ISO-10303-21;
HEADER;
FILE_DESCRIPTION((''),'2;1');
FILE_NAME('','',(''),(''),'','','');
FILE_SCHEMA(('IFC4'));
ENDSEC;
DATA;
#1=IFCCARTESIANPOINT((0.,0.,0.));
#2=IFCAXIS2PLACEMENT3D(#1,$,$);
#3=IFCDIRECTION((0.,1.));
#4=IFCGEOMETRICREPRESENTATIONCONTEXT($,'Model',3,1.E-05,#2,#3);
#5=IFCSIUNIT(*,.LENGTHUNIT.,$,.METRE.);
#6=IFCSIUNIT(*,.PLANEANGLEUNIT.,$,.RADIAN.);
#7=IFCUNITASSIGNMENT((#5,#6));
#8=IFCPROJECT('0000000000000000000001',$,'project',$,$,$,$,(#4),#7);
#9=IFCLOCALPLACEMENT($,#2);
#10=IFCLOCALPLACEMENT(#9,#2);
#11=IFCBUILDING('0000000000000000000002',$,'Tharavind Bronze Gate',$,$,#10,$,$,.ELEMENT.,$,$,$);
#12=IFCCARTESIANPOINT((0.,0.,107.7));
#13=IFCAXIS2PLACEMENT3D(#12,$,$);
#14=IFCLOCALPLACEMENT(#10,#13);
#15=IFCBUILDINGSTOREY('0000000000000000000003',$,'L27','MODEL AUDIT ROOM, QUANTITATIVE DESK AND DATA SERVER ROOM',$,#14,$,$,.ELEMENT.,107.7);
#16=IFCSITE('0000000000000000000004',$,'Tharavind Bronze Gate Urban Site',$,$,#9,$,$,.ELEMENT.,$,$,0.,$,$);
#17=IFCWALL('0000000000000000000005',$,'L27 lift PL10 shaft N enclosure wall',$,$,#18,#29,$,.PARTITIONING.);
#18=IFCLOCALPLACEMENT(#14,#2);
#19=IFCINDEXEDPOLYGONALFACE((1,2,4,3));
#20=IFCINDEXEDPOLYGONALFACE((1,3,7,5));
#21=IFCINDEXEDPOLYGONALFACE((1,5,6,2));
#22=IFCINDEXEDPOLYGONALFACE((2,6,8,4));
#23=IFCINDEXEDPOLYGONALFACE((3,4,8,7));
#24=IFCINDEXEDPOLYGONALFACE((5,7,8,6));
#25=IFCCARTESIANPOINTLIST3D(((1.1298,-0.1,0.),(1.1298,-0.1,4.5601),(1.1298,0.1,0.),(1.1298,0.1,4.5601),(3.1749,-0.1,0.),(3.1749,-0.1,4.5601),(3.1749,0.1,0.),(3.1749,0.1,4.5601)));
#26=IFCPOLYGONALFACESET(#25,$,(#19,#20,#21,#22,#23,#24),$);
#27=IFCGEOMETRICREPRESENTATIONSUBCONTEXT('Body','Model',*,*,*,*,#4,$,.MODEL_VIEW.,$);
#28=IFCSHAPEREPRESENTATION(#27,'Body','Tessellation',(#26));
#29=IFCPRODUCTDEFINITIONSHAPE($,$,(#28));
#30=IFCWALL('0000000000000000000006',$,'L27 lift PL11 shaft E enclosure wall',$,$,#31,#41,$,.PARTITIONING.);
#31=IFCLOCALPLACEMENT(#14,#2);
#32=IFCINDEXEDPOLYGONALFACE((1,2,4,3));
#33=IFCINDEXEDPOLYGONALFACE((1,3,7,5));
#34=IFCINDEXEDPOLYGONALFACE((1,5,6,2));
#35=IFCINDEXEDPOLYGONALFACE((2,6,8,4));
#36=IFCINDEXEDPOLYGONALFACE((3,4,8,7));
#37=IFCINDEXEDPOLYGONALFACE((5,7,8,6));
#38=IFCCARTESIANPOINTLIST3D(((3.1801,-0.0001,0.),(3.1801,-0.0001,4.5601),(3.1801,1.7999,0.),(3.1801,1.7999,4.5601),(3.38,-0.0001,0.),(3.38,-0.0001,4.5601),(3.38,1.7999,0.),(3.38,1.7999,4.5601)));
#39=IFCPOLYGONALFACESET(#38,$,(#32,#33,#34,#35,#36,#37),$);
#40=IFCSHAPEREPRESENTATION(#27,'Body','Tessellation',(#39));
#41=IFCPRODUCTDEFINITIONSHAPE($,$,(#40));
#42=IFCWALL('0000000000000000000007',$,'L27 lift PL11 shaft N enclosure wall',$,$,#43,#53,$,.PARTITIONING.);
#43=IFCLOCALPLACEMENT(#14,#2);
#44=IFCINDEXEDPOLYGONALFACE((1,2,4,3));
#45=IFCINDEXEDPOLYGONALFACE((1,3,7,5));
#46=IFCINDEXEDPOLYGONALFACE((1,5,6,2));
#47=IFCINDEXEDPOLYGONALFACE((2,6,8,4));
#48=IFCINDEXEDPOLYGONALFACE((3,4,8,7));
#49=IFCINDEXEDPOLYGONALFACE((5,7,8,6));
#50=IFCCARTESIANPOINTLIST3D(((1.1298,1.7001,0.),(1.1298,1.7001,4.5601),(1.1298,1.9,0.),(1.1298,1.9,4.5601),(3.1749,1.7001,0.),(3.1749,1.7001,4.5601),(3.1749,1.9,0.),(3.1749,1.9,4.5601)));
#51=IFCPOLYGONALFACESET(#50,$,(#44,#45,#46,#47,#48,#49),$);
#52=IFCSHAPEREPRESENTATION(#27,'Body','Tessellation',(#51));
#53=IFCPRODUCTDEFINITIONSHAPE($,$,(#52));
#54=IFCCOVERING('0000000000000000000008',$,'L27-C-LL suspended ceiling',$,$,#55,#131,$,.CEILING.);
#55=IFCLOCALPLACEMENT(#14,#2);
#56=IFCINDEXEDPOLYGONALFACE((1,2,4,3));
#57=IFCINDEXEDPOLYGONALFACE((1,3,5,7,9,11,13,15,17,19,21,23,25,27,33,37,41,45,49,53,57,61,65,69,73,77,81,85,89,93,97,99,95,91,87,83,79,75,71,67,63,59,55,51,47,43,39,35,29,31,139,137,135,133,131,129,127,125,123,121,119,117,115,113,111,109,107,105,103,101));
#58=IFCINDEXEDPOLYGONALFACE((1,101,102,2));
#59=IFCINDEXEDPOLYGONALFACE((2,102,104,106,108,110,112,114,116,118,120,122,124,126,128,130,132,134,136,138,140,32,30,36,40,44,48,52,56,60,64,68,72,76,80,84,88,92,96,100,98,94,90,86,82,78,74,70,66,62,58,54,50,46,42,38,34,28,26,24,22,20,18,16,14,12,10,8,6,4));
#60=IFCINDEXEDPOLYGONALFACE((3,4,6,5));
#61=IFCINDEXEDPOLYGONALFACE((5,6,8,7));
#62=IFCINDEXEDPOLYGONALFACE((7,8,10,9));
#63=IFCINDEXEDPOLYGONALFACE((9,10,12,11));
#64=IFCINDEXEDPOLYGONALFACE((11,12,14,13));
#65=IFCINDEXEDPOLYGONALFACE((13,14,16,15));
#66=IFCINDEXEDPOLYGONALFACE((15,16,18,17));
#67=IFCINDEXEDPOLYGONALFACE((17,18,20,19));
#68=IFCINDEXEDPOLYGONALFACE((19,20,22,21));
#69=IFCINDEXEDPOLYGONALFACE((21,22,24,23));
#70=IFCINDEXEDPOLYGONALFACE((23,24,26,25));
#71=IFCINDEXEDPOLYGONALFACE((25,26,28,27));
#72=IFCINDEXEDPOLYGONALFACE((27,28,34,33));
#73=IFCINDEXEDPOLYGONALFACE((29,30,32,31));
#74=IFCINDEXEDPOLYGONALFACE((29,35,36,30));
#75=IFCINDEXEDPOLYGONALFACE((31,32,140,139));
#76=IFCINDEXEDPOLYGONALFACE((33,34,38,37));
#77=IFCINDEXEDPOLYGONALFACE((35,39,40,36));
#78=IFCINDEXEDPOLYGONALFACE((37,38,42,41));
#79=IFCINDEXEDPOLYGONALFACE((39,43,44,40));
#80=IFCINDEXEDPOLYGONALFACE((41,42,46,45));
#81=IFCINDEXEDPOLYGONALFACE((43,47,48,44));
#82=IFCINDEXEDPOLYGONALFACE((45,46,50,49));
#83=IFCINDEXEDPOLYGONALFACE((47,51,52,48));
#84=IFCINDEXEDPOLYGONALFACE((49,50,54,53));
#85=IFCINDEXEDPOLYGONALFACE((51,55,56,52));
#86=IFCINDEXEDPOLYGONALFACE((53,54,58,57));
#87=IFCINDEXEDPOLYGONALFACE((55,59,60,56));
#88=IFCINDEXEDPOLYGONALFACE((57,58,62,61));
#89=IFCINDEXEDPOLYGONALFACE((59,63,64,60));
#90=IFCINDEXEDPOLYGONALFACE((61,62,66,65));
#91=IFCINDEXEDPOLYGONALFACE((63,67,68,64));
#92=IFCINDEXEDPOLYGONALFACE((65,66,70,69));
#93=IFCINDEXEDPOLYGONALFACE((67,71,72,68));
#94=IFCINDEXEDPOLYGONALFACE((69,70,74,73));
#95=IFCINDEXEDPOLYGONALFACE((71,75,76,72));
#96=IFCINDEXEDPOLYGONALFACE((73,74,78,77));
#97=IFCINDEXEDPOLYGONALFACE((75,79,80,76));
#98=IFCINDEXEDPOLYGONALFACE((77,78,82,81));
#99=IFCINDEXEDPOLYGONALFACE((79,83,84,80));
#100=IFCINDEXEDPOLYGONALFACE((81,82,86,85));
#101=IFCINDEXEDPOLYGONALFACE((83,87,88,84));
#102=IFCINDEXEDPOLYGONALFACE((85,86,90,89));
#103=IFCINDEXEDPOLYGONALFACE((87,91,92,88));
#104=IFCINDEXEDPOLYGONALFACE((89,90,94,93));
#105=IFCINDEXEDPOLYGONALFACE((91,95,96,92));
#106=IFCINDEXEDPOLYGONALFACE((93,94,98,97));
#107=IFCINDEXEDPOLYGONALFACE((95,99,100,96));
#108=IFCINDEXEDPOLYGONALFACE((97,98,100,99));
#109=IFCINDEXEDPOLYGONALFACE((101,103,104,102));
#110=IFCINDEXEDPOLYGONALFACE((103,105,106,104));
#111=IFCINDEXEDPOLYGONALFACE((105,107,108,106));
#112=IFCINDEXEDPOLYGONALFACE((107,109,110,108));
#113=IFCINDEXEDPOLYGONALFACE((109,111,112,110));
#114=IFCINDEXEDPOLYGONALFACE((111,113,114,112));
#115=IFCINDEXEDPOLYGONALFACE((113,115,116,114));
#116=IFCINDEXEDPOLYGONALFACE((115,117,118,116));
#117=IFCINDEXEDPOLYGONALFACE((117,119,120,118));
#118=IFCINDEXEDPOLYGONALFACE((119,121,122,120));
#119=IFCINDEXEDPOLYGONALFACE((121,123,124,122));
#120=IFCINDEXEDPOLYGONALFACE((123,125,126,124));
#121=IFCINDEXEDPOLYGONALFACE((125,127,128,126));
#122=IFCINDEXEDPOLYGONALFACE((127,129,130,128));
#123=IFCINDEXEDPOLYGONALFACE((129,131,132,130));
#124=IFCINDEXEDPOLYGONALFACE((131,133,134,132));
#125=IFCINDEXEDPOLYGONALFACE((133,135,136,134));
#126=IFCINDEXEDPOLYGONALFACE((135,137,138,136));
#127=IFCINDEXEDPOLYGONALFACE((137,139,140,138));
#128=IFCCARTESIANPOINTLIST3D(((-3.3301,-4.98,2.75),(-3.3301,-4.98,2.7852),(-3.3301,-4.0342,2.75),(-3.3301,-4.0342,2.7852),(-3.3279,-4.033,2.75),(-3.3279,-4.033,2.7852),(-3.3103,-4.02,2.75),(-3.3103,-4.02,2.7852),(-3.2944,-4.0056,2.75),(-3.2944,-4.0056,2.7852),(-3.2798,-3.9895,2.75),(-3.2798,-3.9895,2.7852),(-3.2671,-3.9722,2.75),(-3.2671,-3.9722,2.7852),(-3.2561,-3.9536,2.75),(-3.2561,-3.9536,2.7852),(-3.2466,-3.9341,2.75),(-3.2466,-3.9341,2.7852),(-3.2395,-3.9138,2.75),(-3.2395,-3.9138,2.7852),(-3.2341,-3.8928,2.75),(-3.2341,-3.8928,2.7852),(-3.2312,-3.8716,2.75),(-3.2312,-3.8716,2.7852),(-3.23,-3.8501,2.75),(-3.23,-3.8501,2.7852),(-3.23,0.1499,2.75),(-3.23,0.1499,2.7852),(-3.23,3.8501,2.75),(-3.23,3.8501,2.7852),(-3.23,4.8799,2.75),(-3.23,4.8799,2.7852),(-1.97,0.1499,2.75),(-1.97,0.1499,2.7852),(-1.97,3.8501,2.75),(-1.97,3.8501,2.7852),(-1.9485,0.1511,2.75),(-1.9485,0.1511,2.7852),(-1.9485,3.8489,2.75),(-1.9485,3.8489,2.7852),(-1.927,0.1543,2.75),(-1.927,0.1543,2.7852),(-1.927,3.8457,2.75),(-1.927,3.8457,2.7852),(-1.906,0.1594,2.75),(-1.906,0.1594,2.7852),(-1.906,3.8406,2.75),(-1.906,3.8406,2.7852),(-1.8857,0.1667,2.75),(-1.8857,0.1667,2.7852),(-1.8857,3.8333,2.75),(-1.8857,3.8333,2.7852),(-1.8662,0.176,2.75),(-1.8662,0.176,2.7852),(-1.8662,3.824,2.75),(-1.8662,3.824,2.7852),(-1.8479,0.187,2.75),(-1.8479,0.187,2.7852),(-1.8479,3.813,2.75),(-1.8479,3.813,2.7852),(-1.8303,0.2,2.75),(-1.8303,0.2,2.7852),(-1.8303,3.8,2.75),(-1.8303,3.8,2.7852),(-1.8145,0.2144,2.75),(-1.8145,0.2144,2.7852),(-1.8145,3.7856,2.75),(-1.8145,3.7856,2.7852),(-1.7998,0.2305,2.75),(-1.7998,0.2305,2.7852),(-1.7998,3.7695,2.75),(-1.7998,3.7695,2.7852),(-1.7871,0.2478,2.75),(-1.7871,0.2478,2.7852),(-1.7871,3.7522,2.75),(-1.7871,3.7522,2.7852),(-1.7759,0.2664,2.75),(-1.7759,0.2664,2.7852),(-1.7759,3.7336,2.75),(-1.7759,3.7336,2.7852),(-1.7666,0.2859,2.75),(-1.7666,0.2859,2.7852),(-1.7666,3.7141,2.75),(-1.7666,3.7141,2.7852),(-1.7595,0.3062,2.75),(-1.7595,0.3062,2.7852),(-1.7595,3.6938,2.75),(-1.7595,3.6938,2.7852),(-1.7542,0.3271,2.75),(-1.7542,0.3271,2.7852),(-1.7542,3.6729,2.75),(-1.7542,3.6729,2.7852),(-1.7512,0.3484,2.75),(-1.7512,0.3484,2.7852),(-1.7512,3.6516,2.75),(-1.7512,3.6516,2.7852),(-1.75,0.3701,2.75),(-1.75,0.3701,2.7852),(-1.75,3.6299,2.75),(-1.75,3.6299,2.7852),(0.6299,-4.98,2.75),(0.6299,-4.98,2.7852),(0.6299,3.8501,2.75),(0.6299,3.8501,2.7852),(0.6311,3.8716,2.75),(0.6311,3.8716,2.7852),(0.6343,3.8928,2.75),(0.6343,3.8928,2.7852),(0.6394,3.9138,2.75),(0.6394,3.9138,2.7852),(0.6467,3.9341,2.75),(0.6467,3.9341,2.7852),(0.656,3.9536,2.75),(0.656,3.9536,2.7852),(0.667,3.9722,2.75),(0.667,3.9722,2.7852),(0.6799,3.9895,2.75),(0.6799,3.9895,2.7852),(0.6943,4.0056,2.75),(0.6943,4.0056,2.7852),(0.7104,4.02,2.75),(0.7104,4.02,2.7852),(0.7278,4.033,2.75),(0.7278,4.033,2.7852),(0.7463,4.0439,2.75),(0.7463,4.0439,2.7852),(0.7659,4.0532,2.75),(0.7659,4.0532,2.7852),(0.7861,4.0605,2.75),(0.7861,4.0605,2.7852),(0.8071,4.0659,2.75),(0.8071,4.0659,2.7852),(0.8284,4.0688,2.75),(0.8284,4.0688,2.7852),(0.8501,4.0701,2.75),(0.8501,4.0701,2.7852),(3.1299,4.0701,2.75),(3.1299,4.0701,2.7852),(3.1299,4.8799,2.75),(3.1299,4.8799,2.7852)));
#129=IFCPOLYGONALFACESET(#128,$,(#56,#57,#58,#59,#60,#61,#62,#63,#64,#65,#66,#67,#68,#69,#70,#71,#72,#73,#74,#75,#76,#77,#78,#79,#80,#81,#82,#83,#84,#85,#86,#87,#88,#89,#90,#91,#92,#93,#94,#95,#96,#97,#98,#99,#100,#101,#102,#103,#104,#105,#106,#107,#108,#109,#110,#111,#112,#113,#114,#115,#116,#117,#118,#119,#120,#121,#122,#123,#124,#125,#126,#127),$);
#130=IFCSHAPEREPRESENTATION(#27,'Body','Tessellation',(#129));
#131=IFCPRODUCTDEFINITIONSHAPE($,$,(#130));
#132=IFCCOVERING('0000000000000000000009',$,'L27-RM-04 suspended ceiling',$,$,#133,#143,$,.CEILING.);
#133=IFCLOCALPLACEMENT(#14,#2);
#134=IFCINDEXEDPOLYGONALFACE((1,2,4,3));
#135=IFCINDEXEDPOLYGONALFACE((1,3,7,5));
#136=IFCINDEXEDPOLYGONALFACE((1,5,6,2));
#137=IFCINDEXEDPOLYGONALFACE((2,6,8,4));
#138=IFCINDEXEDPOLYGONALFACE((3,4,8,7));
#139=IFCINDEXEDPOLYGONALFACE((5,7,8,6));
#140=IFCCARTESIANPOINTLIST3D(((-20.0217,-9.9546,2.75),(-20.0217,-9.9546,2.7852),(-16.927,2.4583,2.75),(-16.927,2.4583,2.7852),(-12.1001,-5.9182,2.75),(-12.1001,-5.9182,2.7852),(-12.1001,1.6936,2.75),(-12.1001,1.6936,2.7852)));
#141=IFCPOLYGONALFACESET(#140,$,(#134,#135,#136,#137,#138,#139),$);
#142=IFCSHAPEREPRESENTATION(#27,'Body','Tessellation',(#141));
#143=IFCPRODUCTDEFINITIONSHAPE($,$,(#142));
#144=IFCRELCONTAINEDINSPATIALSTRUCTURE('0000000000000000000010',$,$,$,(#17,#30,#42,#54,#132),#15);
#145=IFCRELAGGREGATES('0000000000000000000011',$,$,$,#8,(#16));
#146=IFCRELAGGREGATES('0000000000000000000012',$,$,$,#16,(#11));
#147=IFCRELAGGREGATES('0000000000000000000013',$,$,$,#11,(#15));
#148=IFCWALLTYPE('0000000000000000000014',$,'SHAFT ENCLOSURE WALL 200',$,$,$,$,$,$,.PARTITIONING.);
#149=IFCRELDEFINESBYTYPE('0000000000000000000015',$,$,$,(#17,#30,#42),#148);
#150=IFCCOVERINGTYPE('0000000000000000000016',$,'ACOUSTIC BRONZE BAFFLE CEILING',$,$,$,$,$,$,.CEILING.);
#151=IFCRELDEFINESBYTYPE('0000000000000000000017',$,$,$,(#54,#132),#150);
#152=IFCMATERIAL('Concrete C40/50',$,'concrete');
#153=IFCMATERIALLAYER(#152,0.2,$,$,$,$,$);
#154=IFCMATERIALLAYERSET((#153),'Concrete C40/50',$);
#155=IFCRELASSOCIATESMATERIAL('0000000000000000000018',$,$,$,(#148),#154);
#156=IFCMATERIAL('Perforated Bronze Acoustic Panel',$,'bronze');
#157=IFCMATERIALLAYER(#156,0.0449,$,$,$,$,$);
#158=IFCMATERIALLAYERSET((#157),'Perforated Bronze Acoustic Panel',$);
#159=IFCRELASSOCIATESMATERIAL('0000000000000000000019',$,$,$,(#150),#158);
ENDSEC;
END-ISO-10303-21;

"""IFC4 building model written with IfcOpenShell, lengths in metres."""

from ifc_helpers import new_model, si_unit, direction, frame, frame_2d, origin, place, context, subcontext, project, spatial, polyline, rectangle, outline, extrude, material, layer, layer_set, type_object, element, save


model = new_model("IFC4")

# Units and contexts
model_context = context("Model", 3, precision=1e-05, world=origin(), true_north=direction((0.0, 1.0)))
body_context = subcontext(model_context, "Body", "Model", "MODEL_VIEW")
ifc_project = project(units=[si_unit("LENGTHUNIT", "METRE"), si_unit("PLANEANGLEUNIT", "RADIAN")], contexts=[model_context])

# Site, building, storey
site_placement = place(None, origin())
site = spatial("IfcSite", under=ifc_project, at=site_placement, Name="Tharavind Bronze Gate Urban Site", CompositionType="ELEMENT", RefElevation=0.0)
building_placement = place(site_placement, origin())
building = spatial("IfcBuilding", under=site, at=building_placement, Name="Tharavind Bronze Gate", CompositionType="ELEMENT")
storey_placement = place(building_placement, frame((0.0, 0.0, 107.7)))
storey = spatial("IfcBuildingStorey", under=building, at=storey_placement, Name="L27", Description="MODEL AUDIT ROOM, QUANTITATIVE DESK AND DATA SERVER ROOM", CompositionType="ELEMENT", Elevation=107.7)

# Shared definitions
ifc_material_1 = material(Name="Concrete C40/50", Category="concrete")

# Walls
ifc_layer_1 = layer(ifc_material_1, 0.2)
ifc_layer_set_1 = layer_set([ifc_layer_1], Name="Concrete C40/50")
wall_type_1 = type_object("IfcWallType", Name="SHAFT ENCLOSURE WALL 200", PredefinedType="PARTITIONING", material=ifc_layer_set_1)
wall_1_placement = place(storey_placement, frame((1.1299, 0.0, 0.0), z_axis=(0.0, 0.0, 1.0), x_axis=(1.0, 0.0, 0.0)))
element("IfcWall", 1, at=wall_1_placement, inside=storey, type_object=wall_type_1, Name="L27 lift PL10 shaft N enclosure wall", PredefinedType="PARTITIONING", context=body_context, shape_type="SweptSolid", body=[
    extrude(rectangle(XDim=2.0452, YDim=0.2, at=frame_2d((1.0225, 0.0))), origin(), (0.0, 0.0, 1.0), 4.5601),
])
wall_2_placement = place(storey_placement, frame((3.28, 0.0, 0.0), z_axis=(0.0, 0.0, 1.0), x_axis=(0.0, 1.0, 0.0)))
element("IfcWall", 2, at=wall_2_placement, inside=storey, type_object=wall_type_1, Name="L27 lift PL11 shaft E enclosure wall", PredefinedType="PARTITIONING", context=body_context, shape_type="SweptSolid", body=[
    extrude(rectangle(XDim=1.8, YDim=0.2, at=frame_2d((0.8999, 0.0))), origin(), (0.0, 0.0, 1.0), 4.5601),
])
wall_3_placement = place(storey_placement, frame((1.1299, 1.8, 0.0), z_axis=(0.0, 0.0, 1.0), x_axis=(1.0, 0.0, 0.0)))
element("IfcWall", 3, at=wall_3_placement, inside=storey, type_object=wall_type_1, Name="L27 lift PL11 shaft N enclosure wall", PredefinedType="PARTITIONING", context=body_context, shape_type="SweptSolid", body=[
    extrude(rectangle(XDim=2.0452, YDim=0.2, at=frame_2d((1.0225, 0.0))), origin(), (0.0, 0.0, 1.0), 4.5601),
])

# Coverings
ifc_material_2 = material(Name="Perforated Bronze Acoustic Panel", Category="bronze")
ifc_layer_2 = layer(ifc_material_2, 0.0449)
ifc_layer_set_2 = layer_set([ifc_layer_2], Name="Perforated Bronze Acoustic Panel")
covering_type_1 = type_object("IfcCoveringType", Name="ACOUSTIC BRONZE BAFFLE CEILING", PredefinedType="CEILING", material=ifc_layer_set_2)
covering_1_placement = place(storey_placement, frame((0.0, 0.0, 2.75)))
element("IfcCovering", 4, at=covering_1_placement, inside=storey, type_object=covering_type_1, Name="L27-C-LL suspended ceiling", PredefinedType="CEILING", context=body_context, shape_type="SweptSolid", body=[
    extrude(outline(polyline([(-3.3301, -4.98), (0.6299, -4.98), (0.6299, 3.8501), (0.6311, 3.8716), (0.6343, 3.8928), (0.6394, 3.9138), (0.6467, 3.9341), (0.656, 3.9536), (0.667, 3.9722), (0.6799, 3.9895), (0.6943, 4.0056), (0.7104, 4.02), (0.7278, 4.033), (0.7463, 4.0439), (0.7659, 4.0532), (0.7861, 4.0605), (0.8071, 4.0659), (0.8284, 4.0688), (0.8501, 4.0701), (3.1299, 4.0701), (3.1299, 4.8799), (-3.23, 4.8799), (-3.23, 3.8501), (-1.97, 3.8501), (-1.9485, 3.8489), (-1.927, 3.8457), (-1.906, 3.8406), (-1.8857, 3.8333), (-1.8662, 3.824), (-1.8479, 3.813), (-1.8303, 3.8), (-1.8145, 3.7856), (-1.7998, 3.7695), (-1.7871, 3.7522), (-1.7759, 3.7336), (-1.7666, 3.7141), (-1.7595, 3.6938), (-1.7542, 3.6729), (-1.7512, 3.6516), (-1.75, 3.6299), (-1.75, 0.3701), (-1.7512, 0.3484), (-1.7542, 0.3271), (-1.7595, 0.3062), (-1.7666, 0.2859), (-1.7759, 0.2664), (-1.7871, 0.2478), (-1.7998, 0.2305), (-1.8145, 0.2144), (-1.8303, 0.2), (-1.8479, 0.187), (-1.8662, 0.176), (-1.8857, 0.1667), (-1.906, 0.1594), (-1.927, 0.1543), (-1.9485, 0.1511), (-1.97, 0.1499), (-3.23, 0.1499), (-3.23, -3.8501), (-3.2312, -3.8716), (-3.2341, -3.8928), (-3.2395, -3.9138), (-3.2466, -3.9341), (-3.2561, -3.9536), (-3.2671, -3.9722), (-3.2798, -3.9895), (-3.2944, -4.0056), (-3.3103, -4.02), (-3.3279, -4.033), (-3.3301, -4.0342), (-3.3301, -4.98)])), origin(), (0.0, 0.0, 1.0), 0.0352),
])
covering_2_placement = place(storey_placement, frame((0.0, 0.0, 2.75)))
element("IfcCovering", 5, at=covering_2_placement, inside=storey, type_object=covering_type_1, Name="L27-RM-04 suspended ceiling", PredefinedType="CEILING", context=body_context, shape_type="SweptSolid", body=[
    extrude(outline(polyline([(-12.1001, -5.9182), (-12.1001, 1.6936), (-16.927, 2.4583), (-20.0217, -9.9546), (-12.1001, -5.9182)])), origin(), (0.0, 0.0, 1.0), 0.0352),
])

save(model, "model.ifc")
